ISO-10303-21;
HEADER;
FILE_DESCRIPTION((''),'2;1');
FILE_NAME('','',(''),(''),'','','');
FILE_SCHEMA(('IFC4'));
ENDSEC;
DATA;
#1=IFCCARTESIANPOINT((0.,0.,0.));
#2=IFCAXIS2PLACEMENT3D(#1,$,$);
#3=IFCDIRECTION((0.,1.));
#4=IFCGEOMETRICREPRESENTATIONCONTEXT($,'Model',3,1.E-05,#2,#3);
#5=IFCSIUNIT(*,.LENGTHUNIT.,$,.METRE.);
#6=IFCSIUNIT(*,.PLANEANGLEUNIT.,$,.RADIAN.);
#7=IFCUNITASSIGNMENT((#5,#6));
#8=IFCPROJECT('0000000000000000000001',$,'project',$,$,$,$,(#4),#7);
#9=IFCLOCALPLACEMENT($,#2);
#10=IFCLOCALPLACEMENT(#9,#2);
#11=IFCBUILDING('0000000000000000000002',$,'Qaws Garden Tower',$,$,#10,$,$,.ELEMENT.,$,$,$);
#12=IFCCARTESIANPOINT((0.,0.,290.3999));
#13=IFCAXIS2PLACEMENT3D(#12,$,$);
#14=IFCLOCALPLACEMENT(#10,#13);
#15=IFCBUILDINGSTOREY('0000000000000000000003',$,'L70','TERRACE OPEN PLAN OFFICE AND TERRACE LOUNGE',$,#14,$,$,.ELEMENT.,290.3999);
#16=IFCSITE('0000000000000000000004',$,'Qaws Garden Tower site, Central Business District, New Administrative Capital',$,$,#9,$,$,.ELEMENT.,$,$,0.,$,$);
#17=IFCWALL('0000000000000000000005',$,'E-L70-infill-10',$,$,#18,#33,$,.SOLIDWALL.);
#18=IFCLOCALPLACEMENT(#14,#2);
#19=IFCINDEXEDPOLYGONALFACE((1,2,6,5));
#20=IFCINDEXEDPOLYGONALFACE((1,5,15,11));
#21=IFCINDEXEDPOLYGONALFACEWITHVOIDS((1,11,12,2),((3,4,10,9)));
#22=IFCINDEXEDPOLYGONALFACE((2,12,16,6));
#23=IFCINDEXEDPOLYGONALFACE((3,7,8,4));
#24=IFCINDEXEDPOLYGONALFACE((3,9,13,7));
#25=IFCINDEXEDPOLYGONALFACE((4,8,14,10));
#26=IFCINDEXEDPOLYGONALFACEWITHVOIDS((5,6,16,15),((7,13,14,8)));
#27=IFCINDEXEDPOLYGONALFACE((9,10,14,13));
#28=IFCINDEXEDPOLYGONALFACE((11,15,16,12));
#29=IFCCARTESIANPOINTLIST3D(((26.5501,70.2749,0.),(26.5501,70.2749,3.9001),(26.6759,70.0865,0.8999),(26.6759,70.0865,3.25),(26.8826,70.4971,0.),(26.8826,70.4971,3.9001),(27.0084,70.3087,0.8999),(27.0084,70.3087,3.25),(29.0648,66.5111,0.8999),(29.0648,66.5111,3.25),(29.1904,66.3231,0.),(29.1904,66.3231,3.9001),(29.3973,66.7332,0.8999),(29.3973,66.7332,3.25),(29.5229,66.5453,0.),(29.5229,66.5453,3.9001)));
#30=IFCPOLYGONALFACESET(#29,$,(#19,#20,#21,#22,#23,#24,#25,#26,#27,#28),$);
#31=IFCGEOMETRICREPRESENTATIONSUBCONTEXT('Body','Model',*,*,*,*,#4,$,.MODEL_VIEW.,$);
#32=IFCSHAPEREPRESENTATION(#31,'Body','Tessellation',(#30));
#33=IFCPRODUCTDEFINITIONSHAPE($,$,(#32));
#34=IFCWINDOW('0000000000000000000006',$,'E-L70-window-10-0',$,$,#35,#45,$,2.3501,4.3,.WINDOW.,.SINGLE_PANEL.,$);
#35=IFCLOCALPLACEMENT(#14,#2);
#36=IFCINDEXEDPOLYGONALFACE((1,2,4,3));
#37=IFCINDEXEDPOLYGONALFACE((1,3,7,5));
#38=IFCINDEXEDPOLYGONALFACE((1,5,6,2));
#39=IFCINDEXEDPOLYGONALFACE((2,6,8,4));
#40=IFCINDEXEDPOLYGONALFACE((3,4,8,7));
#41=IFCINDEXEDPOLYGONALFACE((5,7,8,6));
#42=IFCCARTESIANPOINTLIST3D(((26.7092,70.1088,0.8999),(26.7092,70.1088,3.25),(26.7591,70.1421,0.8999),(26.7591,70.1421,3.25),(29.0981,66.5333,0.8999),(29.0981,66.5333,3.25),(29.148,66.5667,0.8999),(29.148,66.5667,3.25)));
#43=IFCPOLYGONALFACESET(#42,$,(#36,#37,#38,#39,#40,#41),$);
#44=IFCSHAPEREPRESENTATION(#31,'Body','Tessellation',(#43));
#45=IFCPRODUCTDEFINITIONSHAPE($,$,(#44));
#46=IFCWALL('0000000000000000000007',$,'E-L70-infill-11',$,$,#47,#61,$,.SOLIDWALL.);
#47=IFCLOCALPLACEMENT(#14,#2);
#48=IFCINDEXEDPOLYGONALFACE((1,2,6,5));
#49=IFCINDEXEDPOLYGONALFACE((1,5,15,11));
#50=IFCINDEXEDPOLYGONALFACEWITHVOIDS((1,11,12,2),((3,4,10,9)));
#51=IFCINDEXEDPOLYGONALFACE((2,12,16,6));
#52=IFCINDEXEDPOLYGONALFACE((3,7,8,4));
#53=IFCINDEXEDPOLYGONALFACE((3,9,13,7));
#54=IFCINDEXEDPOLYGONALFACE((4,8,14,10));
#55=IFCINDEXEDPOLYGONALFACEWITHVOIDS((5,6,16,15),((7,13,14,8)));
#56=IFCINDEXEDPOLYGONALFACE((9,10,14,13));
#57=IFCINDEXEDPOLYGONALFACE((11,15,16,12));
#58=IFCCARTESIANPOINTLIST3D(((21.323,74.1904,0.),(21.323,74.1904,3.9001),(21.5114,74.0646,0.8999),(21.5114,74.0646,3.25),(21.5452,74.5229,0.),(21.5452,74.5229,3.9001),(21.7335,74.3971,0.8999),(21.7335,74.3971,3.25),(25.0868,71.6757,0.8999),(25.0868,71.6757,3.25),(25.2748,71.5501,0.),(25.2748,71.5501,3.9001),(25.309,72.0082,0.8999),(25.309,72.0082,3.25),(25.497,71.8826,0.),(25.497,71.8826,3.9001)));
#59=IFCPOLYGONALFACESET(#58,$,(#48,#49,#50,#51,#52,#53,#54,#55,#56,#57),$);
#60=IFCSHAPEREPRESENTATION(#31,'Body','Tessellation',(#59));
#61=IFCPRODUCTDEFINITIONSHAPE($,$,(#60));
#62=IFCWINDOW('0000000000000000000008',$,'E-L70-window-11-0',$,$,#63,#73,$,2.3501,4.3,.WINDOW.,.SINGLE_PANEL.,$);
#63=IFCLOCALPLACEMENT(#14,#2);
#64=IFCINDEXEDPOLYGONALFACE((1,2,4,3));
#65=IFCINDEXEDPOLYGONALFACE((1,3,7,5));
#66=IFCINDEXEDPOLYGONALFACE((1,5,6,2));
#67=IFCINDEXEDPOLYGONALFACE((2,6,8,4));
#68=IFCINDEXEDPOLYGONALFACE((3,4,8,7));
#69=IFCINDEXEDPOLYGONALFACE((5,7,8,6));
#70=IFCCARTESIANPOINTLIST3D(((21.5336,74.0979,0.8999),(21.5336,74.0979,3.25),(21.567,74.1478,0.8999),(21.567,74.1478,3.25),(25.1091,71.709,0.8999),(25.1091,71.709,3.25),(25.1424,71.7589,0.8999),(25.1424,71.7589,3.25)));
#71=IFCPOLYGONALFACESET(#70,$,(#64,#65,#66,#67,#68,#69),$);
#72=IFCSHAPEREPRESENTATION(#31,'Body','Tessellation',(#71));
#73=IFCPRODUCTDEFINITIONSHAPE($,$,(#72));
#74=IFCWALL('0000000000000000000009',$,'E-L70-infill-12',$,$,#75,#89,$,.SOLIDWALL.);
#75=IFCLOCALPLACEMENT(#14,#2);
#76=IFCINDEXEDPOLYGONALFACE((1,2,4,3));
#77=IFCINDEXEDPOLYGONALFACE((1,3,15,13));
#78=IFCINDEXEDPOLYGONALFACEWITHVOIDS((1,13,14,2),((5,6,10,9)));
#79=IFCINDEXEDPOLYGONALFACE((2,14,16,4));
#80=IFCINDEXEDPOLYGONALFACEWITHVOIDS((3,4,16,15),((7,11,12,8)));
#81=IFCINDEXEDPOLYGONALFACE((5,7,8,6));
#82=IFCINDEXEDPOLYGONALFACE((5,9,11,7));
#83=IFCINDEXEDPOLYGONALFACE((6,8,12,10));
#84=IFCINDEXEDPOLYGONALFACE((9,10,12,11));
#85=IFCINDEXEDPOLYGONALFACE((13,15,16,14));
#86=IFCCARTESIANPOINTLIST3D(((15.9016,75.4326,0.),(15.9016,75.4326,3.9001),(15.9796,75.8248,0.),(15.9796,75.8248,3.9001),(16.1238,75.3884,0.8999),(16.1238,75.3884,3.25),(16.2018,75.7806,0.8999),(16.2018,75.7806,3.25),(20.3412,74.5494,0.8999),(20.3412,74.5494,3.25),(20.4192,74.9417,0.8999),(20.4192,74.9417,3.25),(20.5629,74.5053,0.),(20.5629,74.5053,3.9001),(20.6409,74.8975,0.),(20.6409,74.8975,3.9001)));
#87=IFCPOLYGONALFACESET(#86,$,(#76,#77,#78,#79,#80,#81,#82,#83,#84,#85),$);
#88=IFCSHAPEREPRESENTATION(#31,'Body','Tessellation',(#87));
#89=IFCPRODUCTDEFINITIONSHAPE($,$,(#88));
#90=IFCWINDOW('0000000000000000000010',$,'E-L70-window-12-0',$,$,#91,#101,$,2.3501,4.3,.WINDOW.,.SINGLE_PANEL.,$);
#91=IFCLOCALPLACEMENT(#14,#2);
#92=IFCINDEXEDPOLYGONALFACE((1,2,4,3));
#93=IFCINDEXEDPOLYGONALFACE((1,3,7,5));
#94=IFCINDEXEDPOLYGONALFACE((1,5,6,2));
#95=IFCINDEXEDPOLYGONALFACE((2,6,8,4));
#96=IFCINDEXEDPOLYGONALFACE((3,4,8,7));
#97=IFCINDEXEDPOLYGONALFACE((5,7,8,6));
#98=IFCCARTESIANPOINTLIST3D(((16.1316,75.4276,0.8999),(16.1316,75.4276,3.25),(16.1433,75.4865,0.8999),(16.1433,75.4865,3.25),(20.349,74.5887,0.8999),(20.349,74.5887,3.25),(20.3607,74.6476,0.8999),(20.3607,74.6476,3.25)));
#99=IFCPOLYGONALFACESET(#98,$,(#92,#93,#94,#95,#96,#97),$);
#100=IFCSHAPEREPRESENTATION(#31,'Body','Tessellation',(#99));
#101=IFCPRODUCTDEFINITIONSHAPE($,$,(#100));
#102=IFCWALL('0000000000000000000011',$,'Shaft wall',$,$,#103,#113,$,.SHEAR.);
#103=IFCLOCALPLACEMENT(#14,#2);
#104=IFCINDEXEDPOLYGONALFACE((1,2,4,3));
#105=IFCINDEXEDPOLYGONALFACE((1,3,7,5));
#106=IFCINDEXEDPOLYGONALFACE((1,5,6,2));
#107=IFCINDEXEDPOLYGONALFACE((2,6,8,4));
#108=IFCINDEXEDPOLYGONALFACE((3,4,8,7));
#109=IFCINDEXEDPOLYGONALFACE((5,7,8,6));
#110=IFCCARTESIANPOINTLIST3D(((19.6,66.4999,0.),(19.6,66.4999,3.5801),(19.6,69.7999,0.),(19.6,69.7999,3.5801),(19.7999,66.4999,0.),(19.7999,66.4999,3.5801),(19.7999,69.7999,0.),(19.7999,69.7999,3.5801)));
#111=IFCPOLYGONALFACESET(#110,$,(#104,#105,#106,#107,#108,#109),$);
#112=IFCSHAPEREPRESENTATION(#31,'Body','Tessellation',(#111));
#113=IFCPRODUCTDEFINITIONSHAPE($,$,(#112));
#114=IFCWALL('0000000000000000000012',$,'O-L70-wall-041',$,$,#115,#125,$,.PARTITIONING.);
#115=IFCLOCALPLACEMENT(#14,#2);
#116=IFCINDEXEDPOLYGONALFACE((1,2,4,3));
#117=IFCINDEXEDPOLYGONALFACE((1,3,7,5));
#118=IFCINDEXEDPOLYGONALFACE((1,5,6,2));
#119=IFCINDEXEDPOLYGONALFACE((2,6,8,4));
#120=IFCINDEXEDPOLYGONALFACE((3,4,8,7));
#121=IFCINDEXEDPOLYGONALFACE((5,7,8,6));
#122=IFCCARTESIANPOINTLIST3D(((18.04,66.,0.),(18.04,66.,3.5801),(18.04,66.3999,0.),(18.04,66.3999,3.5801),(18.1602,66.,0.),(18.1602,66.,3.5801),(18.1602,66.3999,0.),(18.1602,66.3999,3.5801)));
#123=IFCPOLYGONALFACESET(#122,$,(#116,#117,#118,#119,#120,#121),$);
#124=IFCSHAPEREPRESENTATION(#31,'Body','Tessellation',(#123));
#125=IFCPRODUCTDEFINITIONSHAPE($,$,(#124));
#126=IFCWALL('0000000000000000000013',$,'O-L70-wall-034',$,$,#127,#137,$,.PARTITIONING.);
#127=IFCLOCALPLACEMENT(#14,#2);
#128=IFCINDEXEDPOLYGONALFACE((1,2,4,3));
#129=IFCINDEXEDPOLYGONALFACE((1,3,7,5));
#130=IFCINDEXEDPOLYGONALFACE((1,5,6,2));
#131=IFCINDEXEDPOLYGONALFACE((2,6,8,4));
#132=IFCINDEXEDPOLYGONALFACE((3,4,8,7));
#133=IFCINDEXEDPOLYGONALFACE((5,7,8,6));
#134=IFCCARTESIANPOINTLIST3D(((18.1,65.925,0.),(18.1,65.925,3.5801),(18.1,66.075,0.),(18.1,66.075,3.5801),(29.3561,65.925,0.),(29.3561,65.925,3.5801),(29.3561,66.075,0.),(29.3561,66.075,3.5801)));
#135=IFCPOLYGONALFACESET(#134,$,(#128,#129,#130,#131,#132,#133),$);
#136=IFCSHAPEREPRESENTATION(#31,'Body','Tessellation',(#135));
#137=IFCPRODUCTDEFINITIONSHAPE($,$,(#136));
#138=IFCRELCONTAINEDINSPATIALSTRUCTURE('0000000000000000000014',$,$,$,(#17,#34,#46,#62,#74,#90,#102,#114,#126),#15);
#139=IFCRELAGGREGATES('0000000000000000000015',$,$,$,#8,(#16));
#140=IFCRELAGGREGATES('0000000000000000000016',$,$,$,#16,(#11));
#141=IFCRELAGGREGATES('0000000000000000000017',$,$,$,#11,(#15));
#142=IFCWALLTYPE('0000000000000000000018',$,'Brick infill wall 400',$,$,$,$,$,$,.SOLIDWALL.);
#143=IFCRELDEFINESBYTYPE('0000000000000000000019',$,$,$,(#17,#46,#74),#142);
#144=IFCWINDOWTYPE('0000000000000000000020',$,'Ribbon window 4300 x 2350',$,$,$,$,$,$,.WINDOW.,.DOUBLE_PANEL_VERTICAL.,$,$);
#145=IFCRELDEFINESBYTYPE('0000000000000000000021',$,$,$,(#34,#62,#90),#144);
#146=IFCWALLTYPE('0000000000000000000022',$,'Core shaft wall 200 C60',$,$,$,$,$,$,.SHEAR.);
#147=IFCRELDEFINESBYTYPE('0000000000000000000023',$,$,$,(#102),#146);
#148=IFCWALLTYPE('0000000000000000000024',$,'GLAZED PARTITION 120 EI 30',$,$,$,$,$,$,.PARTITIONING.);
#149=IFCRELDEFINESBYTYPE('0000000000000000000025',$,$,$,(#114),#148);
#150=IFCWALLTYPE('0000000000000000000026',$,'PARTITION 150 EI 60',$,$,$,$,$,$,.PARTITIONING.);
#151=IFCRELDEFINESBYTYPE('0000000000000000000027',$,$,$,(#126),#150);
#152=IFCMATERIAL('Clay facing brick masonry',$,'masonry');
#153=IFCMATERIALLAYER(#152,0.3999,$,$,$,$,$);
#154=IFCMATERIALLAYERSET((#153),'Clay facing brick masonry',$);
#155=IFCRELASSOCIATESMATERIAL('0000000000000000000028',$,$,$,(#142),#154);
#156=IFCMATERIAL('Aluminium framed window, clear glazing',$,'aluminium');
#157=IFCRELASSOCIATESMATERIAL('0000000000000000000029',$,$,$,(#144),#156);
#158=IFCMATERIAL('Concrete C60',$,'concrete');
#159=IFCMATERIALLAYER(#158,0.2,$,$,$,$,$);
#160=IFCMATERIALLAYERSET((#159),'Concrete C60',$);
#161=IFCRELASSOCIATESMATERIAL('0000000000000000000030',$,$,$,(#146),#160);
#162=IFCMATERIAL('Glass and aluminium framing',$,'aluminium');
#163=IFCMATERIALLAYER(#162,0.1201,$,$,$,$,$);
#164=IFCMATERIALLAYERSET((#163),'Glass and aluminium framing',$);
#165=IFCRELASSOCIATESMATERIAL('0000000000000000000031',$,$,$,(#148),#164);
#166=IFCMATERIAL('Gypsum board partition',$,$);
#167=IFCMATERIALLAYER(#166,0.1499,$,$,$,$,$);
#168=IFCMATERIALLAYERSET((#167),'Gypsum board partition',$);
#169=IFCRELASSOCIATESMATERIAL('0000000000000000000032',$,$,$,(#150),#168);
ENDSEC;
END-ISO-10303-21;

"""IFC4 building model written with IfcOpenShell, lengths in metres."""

from ifc_helpers import new_model, si_unit, direction, frame, frame_2d, origin, place, context, subcontext, project, spatial, rectangle, extrude, material, layer, layer_set, type_object, element, fill, save


model = new_model("IFC4")

# Units and contexts
model_context = context("Model", 3, precision=1e-05, world=origin(), true_north=direction((0.0, 1.0)))
body_context = subcontext(model_context, "Body", "Model", "MODEL_VIEW")
ifc_project = project(units=[si_unit("LENGTHUNIT", "METRE"), si_unit("PLANEANGLEUNIT", "RADIAN")], contexts=[model_context])

# Site, building, storey
site_placement = place(None, origin())
site = spatial("IfcSite", under=ifc_project, at=site_placement, Name="Qaws Garden Tower site, Central Business District, New Administrative Capital", CompositionType="ELEMENT", RefElevation=0.0)
building_placement = place(site_placement, origin())
building = spatial("IfcBuilding", under=site, at=building_placement, Name="Qaws Garden Tower", CompositionType="ELEMENT")
storey_placement = place(building_placement, frame((0.0, 0.0, 290.3999)))
storey = spatial("IfcBuildingStorey", under=building, at=storey_placement, Name="L70", Description="TERRACE OPEN PLAN OFFICE AND TERRACE LOUNGE", CompositionType="ELEMENT", Elevation=290.3999)

# Walls, openings, windows
ifc_material_1 = material(Name="Clay facing brick masonry", Category="masonry")
ifc_layer_1 = layer(ifc_material_1, 0.3999)
ifc_layer_set_1 = layer_set([ifc_layer_1], Name="Clay facing brick masonry")
wall_type_1 = type_object("IfcWallType", Name="Brick infill wall 400", PredefinedType="SOLIDWALL", material=ifc_layer_set_1)
ifc_material_2 = material(Name="Aluminium framed window, clear glazing", Category="aluminium")
window_type = type_object("IfcWindowType", Name="Ribbon window 4300 x 2350", PartitioningType="DOUBLE_PANEL_VERTICAL", PredefinedType="WINDOW", material=ifc_material_2)
wall_1_placement = place(storey_placement, frame((29.3567, 66.4341, 0.0), z_axis=(0.0, 0.0, 1.0), x_axis=(-0.555542, 0.831489, 0.0)))
wall_1 = element("IfcWall", 1, at=wall_1_placement, inside=storey, type_object=wall_type_1, Name="E-L70-infill-10", PredefinedType="SOLIDWALL", context=body_context, shape_type="SweptSolid", body=[
    extrude(rectangle(XDim=4.7527, YDim=0.3999, at=frame_2d((2.3765, 0.0))), origin(), (0.0, 0.0, 1.0), 3.9001),
])
opening_1_placement = place(wall_1_placement, frame((0.2263, 0.0, 0.8999)))
opening_1 = element("IfcOpeningElement", 2, at=opening_1_placement, cuts=wall_1, PredefinedType="OPENING", context=body_context, shape_type="SweptSolid", body=[
    extrude(rectangle(XDim=4.3, YDim=2.3501, at=frame_2d((2.1499, 1.175))), frame((0.0, 0.21, 0.0), z_axis=(0.0, -1.0, 0.0), x_axis=(1.0, 0.0, 0.0)), (0.0, 0.0, 1.0), 0.4199),
])
window_1_placement = place(opening_1_placement, origin())
window_1 = element("IfcWindow", 3, at=window_1_placement, inside=storey, type_object=window_type, Name="E-L70-window-10-0", OverallHeight=2.3501, OverallWidth=4.3, PartitioningType="SINGLE_PANEL", PredefinedType="WINDOW", context=body_context, shape_type="SweptSolid", body=[
    extrude(rectangle(XDim=4.3, YDim=2.3501, at=frame_2d((2.1499, 1.175))), frame((0.0, 0.1599, 0.0), z_axis=(0.0, -1.0, 0.0), x_axis=(1.0, 0.0, 0.0)), (0.0, 0.0, 1.0), 0.0601),
])
fill(opening_1, window_1)
wall_2_placement = place(storey_placement, frame((25.386, 71.7163, 0.0), z_axis=(0.0, 0.0, 1.0), x_axis=(-0.831489, 0.555542, 0.0)))
wall_2 = element("IfcWall", 4, at=wall_2_placement, inside=storey, type_object=wall_type_1, Name="E-L70-infill-11", PredefinedType="SOLIDWALL", context=body_context, shape_type="SweptSolid", body=[
    extrude(rectangle(XDim=4.7527, YDim=0.3999, at=frame_2d((2.3765, 0.0))), origin(), (0.0, 0.0, 1.0), 3.9001),
])
opening_2_placement = place(wall_2_placement, frame((0.2263, 0.0, 0.8999)))
opening_2 = element("IfcOpeningElement", 5, at=opening_2_placement, cuts=wall_2, PredefinedType="OPENING", context=body_context, shape_type="SweptSolid", body=[
    extrude(rectangle(XDim=4.3, YDim=2.3501, at=frame_2d((2.1499, 1.175))), frame((0.0, 0.21, 0.0), z_axis=(0.0, -1.0, 0.0), x_axis=(1.0, 0.0, 0.0)), (0.0, 0.0, 1.0), 0.4199),
])
window_2_placement = place(opening_2_placement, origin())
window_2 = element("IfcWindow", 6, at=window_2_placement, inside=storey, type_object=window_type, Name="E-L70-window-11-0", OverallHeight=2.3501, OverallWidth=4.3, PartitioningType="SINGLE_PANEL", PredefinedType="WINDOW", context=body_context, shape_type="SweptSolid", body=[
    extrude(rectangle(XDim=4.3, YDim=2.3501, at=frame_2d((2.1499, 1.175))), frame((0.0, 0.1599, 0.0), z_axis=(0.0, -1.0, 0.0), x_axis=(1.0, 0.0, 0.0)), (0.0, 0.0, 1.0), 0.0601),
])
fill(opening_2, window_2)
wall_3_placement = place(storey_placement, frame((20.6021, 74.7014, 0.0), z_axis=(0.0, 0.0, 1.0), x_axis=(-0.980784, 0.195099, 0.0)))
wall_3 = element("IfcWall", 7, at=wall_3_placement, inside=storey, type_object=wall_type_1, Name="E-L70-infill-12", PredefinedType="SOLIDWALL", context=body_context, shape_type="SweptSolid", body=[
    extrude(rectangle(XDim=4.7527, YDim=0.3999, at=frame_2d((2.3765, 0.0))), origin(), (0.0, 0.0, 1.0), 3.9001),
])
opening_3_placement = place(wall_3_placement, frame((0.2263, 0.0, 0.8999)))
opening_3 = element("IfcOpeningElement", 8, at=opening_3_placement, cuts=wall_3, PredefinedType="OPENING", context=body_context, shape_type="SweptSolid", body=[
    extrude(rectangle(XDim=4.3, YDim=2.3501, at=frame_2d((2.1499, 1.175))), frame((0.0, 0.21, 0.0), z_axis=(0.0, -1.0, 0.0), x_axis=(1.0, 0.0, 0.0)), (0.0, 0.0, 1.0), 0.4199),
])
window_3_placement = place(opening_3_placement, origin())
window_3 = element("IfcWindow", 9, at=window_3_placement, inside=storey, type_object=window_type, Name="E-L70-window-12-0", OverallHeight=2.3501, OverallWidth=4.3, PartitioningType="SINGLE_PANEL", PredefinedType="WINDOW", context=body_context, shape_type="SweptSolid", body=[
    extrude(rectangle(XDim=4.3, YDim=2.3501, at=frame_2d((2.1499, 1.175))), frame((0.0, 0.1599, 0.0), z_axis=(0.0, -1.0, 0.0), x_axis=(1.0, 0.0, 0.0)), (0.0, 0.0, 1.0), 0.0601),
])
fill(opening_3, window_3)

# Walls
ifc_material_3 = material(Name="Concrete C60", Category="concrete")
ifc_layer_2 = layer(ifc_material_3, 0.2)
ifc_layer_set_2 = layer_set([ifc_layer_2], Name="Concrete C60")
wall_type_2 = type_object("IfcWallType", Name="Core shaft wall 200 C60", PredefinedType="SHEAR", material=ifc_layer_set_2)
wall_4_placement = place(storey_placement, frame((19.7, 66.5, 0.0), z_axis=(0.0, 0.0, 1.0), x_axis=(0.0, 1.0, 0.0)))
element("IfcWall", 10, at=wall_4_placement, inside=storey, type_object=wall_type_2, Name="Shaft wall", PredefinedType="SHEAR", context=body_context, shape_type="SweptSolid", body=[
    extrude(rectangle(XDim=3.3, YDim=0.2, at=frame_2d((1.6499, 0.0))), origin(), (0.0, 0.0, 1.0), 3.5801),
])
ifc_material_4 = material(Name="Glass and aluminium framing", Category="aluminium")
ifc_layer_3 = layer(ifc_material_4, 0.1201)
ifc_layer_set_3 = layer_set([ifc_layer_3], Name="Glass and aluminium framing")
wall_type_3 = type_object("IfcWallType", Name="GLAZED PARTITION 120 EI 30", PredefinedType="PARTITIONING", material=ifc_layer_set_3)
wall_5_placement = place(storey_placement, frame((18.1001, 66.0, 0.0), z_axis=(0.0, 0.0, 1.0), x_axis=(0.0, 1.0, 0.0)))
element("IfcWall", 11, at=wall_5_placement, inside=storey, type_object=wall_type_3, Name="O-L70-wall-041", PredefinedType="PARTITIONING", context=body_context, shape_type="SweptSolid", body=[
    extrude(rectangle(XDim=0.3999, YDim=0.1201, at=frame_2d((0.2, 0.0))), origin(), (0.0, 0.0, 1.0), 3.5801),
])
ifc_material_5 = material(Name="Gypsum board partition")
ifc_layer_4 = layer(ifc_material_5, 0.1499)
ifc_layer_set_4 = layer_set([ifc_layer_4], Name="Gypsum board partition")
wall_type_4 = type_object("IfcWallType", Name="PARTITION 150 EI 60", PredefinedType="PARTITIONING", material=ifc_layer_set_4)
wall_6_placement = place(storey_placement, frame((18.1001, 66.0, 0.0), z_axis=(0.0, 0.0, 1.0), x_axis=(1.0, 0.0, 0.0)))
element("IfcWall", 12, at=wall_6_placement, inside=storey, type_object=wall_type_4, Name="O-L70-wall-034", PredefinedType="PARTITIONING", context=body_context, shape_type="SweptSolid", body=[
    extrude(rectangle(XDim=11.2561, YDim=0.1499, at=frame_2d((5.6279, 0.0))), origin(), (0.0, 0.0, 1.0), 3.5801),
])

save(model, "model.ifc")
